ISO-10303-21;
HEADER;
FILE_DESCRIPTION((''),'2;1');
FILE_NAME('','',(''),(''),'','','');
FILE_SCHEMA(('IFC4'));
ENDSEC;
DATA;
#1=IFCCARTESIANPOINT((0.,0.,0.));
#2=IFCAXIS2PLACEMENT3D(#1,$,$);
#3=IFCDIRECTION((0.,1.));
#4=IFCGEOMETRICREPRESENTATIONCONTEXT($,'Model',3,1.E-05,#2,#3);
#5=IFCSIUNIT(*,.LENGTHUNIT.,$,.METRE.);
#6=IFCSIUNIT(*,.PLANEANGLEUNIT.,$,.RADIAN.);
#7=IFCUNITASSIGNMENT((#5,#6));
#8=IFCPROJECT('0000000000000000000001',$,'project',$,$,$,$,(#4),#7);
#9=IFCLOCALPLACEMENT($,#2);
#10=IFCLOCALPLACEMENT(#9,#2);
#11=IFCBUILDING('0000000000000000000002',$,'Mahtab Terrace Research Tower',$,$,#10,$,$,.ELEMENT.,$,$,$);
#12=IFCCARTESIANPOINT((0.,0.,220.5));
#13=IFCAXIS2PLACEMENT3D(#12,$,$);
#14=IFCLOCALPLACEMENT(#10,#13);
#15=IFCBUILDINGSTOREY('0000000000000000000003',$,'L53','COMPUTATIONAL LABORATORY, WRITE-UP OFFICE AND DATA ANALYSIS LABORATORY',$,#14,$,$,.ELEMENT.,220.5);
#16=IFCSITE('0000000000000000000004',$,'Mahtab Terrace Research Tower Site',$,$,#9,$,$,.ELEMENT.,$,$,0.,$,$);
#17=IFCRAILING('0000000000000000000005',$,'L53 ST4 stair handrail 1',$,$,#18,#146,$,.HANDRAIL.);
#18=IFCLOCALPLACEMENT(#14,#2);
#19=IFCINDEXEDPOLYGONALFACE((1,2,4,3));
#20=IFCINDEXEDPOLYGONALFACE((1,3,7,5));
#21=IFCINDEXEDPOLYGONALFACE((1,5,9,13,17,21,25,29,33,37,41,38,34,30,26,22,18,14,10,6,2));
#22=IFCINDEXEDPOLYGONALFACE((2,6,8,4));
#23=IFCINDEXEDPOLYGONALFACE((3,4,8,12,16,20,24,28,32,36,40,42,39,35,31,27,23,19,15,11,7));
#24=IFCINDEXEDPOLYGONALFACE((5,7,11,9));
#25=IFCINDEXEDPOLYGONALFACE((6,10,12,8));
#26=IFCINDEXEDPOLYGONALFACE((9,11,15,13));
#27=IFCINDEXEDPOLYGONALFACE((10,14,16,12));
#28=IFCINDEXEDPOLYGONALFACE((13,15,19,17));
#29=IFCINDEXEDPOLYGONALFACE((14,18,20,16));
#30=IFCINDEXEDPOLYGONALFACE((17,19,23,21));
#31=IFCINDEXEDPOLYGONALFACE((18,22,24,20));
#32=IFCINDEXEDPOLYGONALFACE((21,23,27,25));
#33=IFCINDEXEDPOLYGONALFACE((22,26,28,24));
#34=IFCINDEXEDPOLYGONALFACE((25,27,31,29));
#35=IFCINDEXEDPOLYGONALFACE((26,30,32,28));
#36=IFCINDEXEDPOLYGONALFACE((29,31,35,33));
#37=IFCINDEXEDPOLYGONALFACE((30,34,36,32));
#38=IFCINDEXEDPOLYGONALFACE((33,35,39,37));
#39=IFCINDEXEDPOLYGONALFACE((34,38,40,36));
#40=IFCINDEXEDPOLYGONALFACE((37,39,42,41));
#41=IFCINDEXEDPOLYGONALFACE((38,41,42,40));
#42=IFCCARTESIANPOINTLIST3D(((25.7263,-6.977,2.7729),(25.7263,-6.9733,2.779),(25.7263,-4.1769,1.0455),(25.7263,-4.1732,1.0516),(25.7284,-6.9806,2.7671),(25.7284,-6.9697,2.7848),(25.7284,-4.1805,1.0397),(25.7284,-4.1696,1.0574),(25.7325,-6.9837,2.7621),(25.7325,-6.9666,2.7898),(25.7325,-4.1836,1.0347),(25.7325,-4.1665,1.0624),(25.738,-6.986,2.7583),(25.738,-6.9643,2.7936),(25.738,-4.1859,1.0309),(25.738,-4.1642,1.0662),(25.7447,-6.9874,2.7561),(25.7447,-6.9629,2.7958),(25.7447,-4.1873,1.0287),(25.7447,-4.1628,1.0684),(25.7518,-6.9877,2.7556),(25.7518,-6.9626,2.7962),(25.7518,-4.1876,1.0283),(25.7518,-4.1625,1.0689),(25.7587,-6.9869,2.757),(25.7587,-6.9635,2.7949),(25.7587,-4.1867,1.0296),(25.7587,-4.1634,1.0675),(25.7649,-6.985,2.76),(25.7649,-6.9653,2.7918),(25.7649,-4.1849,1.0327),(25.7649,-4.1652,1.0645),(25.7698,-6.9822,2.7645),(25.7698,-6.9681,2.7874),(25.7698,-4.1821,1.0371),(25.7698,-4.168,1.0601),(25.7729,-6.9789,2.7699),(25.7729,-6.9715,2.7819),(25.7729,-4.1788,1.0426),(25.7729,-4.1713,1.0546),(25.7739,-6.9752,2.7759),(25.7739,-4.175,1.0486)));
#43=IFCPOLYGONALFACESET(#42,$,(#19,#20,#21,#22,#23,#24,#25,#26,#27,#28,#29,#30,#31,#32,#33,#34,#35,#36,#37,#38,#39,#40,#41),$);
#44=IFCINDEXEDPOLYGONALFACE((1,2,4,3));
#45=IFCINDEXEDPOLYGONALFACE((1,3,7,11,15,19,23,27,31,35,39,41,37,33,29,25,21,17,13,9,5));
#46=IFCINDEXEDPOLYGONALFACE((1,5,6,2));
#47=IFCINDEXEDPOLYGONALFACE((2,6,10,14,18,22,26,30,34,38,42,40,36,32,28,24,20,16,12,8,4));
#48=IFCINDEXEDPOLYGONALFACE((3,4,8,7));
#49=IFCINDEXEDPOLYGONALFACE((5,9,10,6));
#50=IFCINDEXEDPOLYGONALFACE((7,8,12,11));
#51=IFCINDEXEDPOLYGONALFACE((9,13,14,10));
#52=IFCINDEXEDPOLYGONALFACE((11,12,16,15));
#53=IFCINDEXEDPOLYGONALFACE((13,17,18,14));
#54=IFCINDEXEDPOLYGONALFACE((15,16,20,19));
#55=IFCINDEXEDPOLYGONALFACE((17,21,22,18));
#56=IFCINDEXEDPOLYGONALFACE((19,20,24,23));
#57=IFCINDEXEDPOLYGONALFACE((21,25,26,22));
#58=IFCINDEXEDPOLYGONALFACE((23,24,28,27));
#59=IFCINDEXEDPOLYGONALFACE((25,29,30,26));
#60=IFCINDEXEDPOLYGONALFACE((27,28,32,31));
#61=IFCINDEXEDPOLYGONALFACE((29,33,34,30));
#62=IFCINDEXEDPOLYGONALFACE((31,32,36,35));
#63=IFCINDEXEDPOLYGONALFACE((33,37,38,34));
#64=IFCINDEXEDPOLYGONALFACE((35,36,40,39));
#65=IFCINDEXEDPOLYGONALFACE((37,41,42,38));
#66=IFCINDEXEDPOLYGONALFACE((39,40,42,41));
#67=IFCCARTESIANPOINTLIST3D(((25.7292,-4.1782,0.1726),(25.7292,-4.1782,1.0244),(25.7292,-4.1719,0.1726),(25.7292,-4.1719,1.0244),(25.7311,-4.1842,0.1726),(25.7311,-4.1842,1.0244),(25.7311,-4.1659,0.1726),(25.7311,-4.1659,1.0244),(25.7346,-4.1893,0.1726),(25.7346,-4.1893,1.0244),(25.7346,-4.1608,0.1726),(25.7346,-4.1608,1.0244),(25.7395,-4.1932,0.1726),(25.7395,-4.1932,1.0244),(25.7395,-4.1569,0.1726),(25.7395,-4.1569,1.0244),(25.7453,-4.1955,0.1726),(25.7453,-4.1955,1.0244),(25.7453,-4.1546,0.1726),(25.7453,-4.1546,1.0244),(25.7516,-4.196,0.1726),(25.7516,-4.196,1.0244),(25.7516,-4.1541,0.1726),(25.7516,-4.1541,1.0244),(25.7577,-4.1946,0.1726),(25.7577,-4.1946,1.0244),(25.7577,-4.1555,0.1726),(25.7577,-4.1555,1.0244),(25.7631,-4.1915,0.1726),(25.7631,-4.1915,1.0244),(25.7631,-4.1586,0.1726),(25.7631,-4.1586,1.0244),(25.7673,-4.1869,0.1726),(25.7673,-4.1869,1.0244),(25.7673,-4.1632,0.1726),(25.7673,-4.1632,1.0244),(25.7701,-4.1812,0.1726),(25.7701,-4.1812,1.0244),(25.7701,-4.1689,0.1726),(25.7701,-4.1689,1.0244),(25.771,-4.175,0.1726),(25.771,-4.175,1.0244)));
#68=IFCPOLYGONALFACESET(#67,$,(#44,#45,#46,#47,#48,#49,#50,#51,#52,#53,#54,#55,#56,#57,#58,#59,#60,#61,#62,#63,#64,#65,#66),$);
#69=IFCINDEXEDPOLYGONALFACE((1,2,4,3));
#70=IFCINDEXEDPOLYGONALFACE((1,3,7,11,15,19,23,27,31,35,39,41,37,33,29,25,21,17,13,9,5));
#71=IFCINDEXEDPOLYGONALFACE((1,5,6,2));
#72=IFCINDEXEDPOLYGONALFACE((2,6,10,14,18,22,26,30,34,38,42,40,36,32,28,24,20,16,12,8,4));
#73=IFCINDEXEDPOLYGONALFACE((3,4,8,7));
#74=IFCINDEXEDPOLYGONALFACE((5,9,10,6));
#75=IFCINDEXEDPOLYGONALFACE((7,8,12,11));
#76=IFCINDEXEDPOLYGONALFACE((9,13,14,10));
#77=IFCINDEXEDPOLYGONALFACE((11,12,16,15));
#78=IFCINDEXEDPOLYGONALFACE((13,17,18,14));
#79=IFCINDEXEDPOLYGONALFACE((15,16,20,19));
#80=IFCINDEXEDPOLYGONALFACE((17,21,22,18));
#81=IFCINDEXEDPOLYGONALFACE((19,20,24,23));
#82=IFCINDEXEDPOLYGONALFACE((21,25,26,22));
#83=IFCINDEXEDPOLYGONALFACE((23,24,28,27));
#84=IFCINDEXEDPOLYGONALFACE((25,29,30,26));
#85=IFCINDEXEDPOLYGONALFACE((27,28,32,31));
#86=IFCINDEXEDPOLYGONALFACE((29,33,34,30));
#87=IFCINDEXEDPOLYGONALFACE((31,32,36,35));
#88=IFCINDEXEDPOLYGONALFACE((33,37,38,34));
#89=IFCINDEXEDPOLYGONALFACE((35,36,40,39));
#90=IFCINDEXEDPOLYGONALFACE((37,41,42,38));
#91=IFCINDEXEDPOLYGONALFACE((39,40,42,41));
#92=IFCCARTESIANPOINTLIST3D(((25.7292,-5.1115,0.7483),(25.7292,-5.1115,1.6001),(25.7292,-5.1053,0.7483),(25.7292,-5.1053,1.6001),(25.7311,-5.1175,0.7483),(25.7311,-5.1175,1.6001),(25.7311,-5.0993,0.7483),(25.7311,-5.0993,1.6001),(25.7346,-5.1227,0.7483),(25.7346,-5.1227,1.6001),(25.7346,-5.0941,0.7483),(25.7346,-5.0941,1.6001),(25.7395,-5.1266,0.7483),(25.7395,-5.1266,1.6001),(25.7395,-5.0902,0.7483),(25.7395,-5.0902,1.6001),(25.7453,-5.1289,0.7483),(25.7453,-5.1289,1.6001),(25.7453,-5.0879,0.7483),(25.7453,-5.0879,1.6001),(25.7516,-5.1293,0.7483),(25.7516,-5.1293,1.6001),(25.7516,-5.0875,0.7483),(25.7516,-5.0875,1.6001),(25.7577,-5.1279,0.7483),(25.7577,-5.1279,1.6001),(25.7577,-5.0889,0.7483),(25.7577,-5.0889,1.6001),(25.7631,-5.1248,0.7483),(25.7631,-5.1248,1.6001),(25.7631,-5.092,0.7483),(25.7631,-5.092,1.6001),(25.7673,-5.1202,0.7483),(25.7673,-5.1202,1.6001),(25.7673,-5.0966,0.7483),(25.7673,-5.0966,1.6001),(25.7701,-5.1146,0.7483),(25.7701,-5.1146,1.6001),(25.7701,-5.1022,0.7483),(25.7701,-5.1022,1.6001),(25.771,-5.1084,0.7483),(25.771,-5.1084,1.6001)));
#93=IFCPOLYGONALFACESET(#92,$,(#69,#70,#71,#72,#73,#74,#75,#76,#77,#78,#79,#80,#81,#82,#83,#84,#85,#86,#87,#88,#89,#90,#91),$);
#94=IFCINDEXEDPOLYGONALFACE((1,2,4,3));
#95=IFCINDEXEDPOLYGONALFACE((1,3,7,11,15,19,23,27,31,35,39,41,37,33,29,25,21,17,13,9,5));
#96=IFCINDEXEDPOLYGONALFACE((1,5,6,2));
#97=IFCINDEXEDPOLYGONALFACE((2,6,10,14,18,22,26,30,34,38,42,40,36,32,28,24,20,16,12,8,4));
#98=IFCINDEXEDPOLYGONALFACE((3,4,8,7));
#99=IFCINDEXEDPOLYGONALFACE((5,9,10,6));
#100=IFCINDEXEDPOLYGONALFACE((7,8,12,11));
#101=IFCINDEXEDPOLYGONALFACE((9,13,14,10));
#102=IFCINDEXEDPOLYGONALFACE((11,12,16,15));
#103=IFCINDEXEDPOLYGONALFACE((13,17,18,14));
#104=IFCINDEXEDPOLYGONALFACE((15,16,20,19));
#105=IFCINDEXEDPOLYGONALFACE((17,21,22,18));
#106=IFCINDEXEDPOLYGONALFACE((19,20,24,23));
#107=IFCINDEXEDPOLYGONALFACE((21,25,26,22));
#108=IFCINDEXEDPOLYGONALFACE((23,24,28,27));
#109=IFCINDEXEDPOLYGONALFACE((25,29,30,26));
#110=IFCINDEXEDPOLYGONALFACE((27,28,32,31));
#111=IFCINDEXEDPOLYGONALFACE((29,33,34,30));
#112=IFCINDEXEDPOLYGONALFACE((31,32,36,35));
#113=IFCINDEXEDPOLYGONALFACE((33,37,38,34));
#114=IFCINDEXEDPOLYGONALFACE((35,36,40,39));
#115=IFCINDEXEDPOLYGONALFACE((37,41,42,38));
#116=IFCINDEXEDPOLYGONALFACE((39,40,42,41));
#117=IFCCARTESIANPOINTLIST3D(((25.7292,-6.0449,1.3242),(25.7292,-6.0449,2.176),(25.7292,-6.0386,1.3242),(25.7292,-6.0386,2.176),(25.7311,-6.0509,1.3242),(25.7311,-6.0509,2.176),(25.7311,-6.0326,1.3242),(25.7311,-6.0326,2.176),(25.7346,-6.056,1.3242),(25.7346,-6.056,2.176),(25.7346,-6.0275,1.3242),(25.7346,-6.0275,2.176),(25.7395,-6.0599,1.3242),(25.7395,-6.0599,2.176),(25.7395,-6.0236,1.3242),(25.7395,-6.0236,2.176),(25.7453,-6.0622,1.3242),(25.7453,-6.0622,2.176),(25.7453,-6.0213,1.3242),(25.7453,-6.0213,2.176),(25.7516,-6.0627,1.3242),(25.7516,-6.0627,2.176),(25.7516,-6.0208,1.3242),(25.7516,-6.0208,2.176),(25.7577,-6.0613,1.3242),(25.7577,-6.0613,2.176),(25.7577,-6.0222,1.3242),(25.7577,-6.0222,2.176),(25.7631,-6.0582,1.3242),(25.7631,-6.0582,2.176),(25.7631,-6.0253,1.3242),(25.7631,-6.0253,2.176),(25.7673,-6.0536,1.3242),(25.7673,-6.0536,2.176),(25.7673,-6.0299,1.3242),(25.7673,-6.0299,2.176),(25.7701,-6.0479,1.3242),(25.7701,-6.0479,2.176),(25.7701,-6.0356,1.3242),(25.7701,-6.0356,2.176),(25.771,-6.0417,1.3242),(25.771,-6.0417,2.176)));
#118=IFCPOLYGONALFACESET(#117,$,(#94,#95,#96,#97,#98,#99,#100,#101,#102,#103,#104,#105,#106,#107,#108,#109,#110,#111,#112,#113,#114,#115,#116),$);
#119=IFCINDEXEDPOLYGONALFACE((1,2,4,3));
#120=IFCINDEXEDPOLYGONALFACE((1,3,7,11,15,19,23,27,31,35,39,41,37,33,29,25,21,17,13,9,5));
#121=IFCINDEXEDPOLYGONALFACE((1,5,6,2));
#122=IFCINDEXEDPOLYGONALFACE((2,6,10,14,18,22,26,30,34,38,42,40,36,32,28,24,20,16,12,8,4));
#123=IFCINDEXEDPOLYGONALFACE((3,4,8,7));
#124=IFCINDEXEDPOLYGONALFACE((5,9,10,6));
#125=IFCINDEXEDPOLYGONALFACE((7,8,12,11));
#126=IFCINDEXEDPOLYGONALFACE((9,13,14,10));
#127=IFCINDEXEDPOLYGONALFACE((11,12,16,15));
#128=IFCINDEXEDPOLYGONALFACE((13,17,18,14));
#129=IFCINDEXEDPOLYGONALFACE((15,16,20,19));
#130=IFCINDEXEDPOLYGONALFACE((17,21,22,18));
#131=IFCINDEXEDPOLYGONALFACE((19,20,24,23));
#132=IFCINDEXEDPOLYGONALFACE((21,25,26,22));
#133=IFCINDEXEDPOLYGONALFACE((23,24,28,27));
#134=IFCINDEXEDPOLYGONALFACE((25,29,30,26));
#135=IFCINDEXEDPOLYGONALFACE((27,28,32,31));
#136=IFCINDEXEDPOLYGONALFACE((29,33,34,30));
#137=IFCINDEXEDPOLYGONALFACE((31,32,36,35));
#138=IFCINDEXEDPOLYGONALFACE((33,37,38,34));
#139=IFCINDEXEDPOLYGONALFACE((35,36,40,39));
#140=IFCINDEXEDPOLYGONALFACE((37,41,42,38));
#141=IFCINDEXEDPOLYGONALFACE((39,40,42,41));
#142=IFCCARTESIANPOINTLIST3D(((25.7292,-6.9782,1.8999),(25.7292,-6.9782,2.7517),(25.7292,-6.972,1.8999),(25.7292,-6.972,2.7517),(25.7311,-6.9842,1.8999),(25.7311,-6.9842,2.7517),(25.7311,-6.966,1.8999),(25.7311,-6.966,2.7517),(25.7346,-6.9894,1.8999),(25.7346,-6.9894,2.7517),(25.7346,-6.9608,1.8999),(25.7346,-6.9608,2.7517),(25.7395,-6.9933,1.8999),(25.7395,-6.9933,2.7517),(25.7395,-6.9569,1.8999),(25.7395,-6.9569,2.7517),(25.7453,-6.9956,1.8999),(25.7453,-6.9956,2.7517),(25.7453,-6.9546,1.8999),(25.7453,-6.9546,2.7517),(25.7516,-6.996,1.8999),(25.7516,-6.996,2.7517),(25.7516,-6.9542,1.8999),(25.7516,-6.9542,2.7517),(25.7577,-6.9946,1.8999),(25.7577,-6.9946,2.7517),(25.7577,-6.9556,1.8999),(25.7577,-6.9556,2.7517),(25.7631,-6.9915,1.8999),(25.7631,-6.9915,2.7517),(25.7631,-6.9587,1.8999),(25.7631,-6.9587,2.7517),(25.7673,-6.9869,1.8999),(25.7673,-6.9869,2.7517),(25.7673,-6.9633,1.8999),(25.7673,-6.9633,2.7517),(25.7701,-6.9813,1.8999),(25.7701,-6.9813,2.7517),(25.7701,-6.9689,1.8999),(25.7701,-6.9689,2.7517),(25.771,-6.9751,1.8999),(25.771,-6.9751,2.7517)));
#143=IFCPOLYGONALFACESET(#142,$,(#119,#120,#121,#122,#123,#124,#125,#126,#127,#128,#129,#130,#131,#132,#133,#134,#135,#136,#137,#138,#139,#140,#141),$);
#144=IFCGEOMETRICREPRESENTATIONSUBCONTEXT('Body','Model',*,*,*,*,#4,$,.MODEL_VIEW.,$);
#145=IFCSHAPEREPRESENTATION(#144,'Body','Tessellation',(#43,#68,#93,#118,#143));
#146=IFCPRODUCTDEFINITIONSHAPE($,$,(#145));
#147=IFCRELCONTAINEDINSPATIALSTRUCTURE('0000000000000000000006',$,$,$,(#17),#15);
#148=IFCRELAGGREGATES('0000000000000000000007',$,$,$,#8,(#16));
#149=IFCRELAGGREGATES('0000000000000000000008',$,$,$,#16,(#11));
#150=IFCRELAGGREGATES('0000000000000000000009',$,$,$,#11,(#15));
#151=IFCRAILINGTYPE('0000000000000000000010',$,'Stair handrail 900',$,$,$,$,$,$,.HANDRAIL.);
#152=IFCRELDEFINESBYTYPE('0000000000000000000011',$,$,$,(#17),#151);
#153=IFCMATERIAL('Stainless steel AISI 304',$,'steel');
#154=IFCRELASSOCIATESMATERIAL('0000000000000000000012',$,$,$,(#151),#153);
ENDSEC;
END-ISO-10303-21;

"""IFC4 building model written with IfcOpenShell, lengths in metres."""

from ifc_helpers import new_model, si_unit, direction, frame, origin, origin_2d, place, context, subcontext, project, spatial, circle, extrude, material, type_object, element, save


model = new_model("IFC4")

# Units and contexts
model_context = context("Model", 3, precision=1e-05, world=origin(), true_north=direction((0.0, 1.0)))
body_context = subcontext(model_context, "Body", "Model", "MODEL_VIEW")
ifc_project = project(units=[si_unit("LENGTHUNIT", "METRE"), si_unit("PLANEANGLEUNIT", "RADIAN")], contexts=[model_context])

# Site, building, storey
site_placement = place(None, origin())
site = spatial("IfcSite", under=ifc_project, at=site_placement, Name="Mahtab Terrace Research Tower Site", CompositionType="ELEMENT", RefElevation=0.0)
building_placement = place(site_placement, origin())
building = spatial("IfcBuilding", under=site, at=building_placement, Name="Mahtab Terrace Research Tower", CompositionType="ELEMENT")
storey_placement = place(building_placement, frame((0.0, 0.0, 220.5)))
storey = spatial("IfcBuildingStorey", under=building, at=storey_placement, Name="L53", Description="COMPUTATIONAL LABORATORY, WRITE-UP OFFICE AND DATA ANALYSIS LABORATORY", CompositionType="ELEMENT", Elevation=220.5)

# Shared definitions
ifc_material_1 = material(Name="Stainless steel AISI 304", Category="steel")

# Railing
railing_type_1 = type_object("IfcRailingType", Name="Stair handrail 900", PredefinedType="HANDRAIL", material=ifc_material_1)
railing_1_placement = place(storey_placement, frame((25.75, -4.175, 0.1726)))
element("IfcRailing", 1, at=railing_1_placement, inside=storey, type_object=railing_type_1, Name="L53 ST4 stair handrail 1", PredefinedType="HANDRAIL", context=body_context, shape_type="SweptSolid", body=[
    extrude(circle(Radius=0.0239, at=origin_2d()), frame((0.0, 0.0, 0.876), z_axis=(0.0, -0.85109, 0.52502), x_axis=(1.0, 0.0, 0.0)), (0.0, 0.0, 1.0), 3.29),
    extrude(circle(Radius=0.021, at=origin_2d()), origin(), (0.0, 0.0, 1.0), 0.8518),
    extrude(circle(Radius=0.021, at=origin_2d()), frame((0.0, -0.9333, 0.5757)), (0.0, 0.0, 1.0), 0.8518),
    extrude(circle(Radius=0.021, at=origin_2d()), frame((0.0, -1.8667, 1.1516)), (0.0, 0.0, 1.0), 0.8518),
    extrude(circle(Radius=0.021, at=origin_2d()), frame((0.0, -2.8, 1.7273)), (0.0, 0.0, 1.0), 0.8518),
])

save(model, "model.ifc")
